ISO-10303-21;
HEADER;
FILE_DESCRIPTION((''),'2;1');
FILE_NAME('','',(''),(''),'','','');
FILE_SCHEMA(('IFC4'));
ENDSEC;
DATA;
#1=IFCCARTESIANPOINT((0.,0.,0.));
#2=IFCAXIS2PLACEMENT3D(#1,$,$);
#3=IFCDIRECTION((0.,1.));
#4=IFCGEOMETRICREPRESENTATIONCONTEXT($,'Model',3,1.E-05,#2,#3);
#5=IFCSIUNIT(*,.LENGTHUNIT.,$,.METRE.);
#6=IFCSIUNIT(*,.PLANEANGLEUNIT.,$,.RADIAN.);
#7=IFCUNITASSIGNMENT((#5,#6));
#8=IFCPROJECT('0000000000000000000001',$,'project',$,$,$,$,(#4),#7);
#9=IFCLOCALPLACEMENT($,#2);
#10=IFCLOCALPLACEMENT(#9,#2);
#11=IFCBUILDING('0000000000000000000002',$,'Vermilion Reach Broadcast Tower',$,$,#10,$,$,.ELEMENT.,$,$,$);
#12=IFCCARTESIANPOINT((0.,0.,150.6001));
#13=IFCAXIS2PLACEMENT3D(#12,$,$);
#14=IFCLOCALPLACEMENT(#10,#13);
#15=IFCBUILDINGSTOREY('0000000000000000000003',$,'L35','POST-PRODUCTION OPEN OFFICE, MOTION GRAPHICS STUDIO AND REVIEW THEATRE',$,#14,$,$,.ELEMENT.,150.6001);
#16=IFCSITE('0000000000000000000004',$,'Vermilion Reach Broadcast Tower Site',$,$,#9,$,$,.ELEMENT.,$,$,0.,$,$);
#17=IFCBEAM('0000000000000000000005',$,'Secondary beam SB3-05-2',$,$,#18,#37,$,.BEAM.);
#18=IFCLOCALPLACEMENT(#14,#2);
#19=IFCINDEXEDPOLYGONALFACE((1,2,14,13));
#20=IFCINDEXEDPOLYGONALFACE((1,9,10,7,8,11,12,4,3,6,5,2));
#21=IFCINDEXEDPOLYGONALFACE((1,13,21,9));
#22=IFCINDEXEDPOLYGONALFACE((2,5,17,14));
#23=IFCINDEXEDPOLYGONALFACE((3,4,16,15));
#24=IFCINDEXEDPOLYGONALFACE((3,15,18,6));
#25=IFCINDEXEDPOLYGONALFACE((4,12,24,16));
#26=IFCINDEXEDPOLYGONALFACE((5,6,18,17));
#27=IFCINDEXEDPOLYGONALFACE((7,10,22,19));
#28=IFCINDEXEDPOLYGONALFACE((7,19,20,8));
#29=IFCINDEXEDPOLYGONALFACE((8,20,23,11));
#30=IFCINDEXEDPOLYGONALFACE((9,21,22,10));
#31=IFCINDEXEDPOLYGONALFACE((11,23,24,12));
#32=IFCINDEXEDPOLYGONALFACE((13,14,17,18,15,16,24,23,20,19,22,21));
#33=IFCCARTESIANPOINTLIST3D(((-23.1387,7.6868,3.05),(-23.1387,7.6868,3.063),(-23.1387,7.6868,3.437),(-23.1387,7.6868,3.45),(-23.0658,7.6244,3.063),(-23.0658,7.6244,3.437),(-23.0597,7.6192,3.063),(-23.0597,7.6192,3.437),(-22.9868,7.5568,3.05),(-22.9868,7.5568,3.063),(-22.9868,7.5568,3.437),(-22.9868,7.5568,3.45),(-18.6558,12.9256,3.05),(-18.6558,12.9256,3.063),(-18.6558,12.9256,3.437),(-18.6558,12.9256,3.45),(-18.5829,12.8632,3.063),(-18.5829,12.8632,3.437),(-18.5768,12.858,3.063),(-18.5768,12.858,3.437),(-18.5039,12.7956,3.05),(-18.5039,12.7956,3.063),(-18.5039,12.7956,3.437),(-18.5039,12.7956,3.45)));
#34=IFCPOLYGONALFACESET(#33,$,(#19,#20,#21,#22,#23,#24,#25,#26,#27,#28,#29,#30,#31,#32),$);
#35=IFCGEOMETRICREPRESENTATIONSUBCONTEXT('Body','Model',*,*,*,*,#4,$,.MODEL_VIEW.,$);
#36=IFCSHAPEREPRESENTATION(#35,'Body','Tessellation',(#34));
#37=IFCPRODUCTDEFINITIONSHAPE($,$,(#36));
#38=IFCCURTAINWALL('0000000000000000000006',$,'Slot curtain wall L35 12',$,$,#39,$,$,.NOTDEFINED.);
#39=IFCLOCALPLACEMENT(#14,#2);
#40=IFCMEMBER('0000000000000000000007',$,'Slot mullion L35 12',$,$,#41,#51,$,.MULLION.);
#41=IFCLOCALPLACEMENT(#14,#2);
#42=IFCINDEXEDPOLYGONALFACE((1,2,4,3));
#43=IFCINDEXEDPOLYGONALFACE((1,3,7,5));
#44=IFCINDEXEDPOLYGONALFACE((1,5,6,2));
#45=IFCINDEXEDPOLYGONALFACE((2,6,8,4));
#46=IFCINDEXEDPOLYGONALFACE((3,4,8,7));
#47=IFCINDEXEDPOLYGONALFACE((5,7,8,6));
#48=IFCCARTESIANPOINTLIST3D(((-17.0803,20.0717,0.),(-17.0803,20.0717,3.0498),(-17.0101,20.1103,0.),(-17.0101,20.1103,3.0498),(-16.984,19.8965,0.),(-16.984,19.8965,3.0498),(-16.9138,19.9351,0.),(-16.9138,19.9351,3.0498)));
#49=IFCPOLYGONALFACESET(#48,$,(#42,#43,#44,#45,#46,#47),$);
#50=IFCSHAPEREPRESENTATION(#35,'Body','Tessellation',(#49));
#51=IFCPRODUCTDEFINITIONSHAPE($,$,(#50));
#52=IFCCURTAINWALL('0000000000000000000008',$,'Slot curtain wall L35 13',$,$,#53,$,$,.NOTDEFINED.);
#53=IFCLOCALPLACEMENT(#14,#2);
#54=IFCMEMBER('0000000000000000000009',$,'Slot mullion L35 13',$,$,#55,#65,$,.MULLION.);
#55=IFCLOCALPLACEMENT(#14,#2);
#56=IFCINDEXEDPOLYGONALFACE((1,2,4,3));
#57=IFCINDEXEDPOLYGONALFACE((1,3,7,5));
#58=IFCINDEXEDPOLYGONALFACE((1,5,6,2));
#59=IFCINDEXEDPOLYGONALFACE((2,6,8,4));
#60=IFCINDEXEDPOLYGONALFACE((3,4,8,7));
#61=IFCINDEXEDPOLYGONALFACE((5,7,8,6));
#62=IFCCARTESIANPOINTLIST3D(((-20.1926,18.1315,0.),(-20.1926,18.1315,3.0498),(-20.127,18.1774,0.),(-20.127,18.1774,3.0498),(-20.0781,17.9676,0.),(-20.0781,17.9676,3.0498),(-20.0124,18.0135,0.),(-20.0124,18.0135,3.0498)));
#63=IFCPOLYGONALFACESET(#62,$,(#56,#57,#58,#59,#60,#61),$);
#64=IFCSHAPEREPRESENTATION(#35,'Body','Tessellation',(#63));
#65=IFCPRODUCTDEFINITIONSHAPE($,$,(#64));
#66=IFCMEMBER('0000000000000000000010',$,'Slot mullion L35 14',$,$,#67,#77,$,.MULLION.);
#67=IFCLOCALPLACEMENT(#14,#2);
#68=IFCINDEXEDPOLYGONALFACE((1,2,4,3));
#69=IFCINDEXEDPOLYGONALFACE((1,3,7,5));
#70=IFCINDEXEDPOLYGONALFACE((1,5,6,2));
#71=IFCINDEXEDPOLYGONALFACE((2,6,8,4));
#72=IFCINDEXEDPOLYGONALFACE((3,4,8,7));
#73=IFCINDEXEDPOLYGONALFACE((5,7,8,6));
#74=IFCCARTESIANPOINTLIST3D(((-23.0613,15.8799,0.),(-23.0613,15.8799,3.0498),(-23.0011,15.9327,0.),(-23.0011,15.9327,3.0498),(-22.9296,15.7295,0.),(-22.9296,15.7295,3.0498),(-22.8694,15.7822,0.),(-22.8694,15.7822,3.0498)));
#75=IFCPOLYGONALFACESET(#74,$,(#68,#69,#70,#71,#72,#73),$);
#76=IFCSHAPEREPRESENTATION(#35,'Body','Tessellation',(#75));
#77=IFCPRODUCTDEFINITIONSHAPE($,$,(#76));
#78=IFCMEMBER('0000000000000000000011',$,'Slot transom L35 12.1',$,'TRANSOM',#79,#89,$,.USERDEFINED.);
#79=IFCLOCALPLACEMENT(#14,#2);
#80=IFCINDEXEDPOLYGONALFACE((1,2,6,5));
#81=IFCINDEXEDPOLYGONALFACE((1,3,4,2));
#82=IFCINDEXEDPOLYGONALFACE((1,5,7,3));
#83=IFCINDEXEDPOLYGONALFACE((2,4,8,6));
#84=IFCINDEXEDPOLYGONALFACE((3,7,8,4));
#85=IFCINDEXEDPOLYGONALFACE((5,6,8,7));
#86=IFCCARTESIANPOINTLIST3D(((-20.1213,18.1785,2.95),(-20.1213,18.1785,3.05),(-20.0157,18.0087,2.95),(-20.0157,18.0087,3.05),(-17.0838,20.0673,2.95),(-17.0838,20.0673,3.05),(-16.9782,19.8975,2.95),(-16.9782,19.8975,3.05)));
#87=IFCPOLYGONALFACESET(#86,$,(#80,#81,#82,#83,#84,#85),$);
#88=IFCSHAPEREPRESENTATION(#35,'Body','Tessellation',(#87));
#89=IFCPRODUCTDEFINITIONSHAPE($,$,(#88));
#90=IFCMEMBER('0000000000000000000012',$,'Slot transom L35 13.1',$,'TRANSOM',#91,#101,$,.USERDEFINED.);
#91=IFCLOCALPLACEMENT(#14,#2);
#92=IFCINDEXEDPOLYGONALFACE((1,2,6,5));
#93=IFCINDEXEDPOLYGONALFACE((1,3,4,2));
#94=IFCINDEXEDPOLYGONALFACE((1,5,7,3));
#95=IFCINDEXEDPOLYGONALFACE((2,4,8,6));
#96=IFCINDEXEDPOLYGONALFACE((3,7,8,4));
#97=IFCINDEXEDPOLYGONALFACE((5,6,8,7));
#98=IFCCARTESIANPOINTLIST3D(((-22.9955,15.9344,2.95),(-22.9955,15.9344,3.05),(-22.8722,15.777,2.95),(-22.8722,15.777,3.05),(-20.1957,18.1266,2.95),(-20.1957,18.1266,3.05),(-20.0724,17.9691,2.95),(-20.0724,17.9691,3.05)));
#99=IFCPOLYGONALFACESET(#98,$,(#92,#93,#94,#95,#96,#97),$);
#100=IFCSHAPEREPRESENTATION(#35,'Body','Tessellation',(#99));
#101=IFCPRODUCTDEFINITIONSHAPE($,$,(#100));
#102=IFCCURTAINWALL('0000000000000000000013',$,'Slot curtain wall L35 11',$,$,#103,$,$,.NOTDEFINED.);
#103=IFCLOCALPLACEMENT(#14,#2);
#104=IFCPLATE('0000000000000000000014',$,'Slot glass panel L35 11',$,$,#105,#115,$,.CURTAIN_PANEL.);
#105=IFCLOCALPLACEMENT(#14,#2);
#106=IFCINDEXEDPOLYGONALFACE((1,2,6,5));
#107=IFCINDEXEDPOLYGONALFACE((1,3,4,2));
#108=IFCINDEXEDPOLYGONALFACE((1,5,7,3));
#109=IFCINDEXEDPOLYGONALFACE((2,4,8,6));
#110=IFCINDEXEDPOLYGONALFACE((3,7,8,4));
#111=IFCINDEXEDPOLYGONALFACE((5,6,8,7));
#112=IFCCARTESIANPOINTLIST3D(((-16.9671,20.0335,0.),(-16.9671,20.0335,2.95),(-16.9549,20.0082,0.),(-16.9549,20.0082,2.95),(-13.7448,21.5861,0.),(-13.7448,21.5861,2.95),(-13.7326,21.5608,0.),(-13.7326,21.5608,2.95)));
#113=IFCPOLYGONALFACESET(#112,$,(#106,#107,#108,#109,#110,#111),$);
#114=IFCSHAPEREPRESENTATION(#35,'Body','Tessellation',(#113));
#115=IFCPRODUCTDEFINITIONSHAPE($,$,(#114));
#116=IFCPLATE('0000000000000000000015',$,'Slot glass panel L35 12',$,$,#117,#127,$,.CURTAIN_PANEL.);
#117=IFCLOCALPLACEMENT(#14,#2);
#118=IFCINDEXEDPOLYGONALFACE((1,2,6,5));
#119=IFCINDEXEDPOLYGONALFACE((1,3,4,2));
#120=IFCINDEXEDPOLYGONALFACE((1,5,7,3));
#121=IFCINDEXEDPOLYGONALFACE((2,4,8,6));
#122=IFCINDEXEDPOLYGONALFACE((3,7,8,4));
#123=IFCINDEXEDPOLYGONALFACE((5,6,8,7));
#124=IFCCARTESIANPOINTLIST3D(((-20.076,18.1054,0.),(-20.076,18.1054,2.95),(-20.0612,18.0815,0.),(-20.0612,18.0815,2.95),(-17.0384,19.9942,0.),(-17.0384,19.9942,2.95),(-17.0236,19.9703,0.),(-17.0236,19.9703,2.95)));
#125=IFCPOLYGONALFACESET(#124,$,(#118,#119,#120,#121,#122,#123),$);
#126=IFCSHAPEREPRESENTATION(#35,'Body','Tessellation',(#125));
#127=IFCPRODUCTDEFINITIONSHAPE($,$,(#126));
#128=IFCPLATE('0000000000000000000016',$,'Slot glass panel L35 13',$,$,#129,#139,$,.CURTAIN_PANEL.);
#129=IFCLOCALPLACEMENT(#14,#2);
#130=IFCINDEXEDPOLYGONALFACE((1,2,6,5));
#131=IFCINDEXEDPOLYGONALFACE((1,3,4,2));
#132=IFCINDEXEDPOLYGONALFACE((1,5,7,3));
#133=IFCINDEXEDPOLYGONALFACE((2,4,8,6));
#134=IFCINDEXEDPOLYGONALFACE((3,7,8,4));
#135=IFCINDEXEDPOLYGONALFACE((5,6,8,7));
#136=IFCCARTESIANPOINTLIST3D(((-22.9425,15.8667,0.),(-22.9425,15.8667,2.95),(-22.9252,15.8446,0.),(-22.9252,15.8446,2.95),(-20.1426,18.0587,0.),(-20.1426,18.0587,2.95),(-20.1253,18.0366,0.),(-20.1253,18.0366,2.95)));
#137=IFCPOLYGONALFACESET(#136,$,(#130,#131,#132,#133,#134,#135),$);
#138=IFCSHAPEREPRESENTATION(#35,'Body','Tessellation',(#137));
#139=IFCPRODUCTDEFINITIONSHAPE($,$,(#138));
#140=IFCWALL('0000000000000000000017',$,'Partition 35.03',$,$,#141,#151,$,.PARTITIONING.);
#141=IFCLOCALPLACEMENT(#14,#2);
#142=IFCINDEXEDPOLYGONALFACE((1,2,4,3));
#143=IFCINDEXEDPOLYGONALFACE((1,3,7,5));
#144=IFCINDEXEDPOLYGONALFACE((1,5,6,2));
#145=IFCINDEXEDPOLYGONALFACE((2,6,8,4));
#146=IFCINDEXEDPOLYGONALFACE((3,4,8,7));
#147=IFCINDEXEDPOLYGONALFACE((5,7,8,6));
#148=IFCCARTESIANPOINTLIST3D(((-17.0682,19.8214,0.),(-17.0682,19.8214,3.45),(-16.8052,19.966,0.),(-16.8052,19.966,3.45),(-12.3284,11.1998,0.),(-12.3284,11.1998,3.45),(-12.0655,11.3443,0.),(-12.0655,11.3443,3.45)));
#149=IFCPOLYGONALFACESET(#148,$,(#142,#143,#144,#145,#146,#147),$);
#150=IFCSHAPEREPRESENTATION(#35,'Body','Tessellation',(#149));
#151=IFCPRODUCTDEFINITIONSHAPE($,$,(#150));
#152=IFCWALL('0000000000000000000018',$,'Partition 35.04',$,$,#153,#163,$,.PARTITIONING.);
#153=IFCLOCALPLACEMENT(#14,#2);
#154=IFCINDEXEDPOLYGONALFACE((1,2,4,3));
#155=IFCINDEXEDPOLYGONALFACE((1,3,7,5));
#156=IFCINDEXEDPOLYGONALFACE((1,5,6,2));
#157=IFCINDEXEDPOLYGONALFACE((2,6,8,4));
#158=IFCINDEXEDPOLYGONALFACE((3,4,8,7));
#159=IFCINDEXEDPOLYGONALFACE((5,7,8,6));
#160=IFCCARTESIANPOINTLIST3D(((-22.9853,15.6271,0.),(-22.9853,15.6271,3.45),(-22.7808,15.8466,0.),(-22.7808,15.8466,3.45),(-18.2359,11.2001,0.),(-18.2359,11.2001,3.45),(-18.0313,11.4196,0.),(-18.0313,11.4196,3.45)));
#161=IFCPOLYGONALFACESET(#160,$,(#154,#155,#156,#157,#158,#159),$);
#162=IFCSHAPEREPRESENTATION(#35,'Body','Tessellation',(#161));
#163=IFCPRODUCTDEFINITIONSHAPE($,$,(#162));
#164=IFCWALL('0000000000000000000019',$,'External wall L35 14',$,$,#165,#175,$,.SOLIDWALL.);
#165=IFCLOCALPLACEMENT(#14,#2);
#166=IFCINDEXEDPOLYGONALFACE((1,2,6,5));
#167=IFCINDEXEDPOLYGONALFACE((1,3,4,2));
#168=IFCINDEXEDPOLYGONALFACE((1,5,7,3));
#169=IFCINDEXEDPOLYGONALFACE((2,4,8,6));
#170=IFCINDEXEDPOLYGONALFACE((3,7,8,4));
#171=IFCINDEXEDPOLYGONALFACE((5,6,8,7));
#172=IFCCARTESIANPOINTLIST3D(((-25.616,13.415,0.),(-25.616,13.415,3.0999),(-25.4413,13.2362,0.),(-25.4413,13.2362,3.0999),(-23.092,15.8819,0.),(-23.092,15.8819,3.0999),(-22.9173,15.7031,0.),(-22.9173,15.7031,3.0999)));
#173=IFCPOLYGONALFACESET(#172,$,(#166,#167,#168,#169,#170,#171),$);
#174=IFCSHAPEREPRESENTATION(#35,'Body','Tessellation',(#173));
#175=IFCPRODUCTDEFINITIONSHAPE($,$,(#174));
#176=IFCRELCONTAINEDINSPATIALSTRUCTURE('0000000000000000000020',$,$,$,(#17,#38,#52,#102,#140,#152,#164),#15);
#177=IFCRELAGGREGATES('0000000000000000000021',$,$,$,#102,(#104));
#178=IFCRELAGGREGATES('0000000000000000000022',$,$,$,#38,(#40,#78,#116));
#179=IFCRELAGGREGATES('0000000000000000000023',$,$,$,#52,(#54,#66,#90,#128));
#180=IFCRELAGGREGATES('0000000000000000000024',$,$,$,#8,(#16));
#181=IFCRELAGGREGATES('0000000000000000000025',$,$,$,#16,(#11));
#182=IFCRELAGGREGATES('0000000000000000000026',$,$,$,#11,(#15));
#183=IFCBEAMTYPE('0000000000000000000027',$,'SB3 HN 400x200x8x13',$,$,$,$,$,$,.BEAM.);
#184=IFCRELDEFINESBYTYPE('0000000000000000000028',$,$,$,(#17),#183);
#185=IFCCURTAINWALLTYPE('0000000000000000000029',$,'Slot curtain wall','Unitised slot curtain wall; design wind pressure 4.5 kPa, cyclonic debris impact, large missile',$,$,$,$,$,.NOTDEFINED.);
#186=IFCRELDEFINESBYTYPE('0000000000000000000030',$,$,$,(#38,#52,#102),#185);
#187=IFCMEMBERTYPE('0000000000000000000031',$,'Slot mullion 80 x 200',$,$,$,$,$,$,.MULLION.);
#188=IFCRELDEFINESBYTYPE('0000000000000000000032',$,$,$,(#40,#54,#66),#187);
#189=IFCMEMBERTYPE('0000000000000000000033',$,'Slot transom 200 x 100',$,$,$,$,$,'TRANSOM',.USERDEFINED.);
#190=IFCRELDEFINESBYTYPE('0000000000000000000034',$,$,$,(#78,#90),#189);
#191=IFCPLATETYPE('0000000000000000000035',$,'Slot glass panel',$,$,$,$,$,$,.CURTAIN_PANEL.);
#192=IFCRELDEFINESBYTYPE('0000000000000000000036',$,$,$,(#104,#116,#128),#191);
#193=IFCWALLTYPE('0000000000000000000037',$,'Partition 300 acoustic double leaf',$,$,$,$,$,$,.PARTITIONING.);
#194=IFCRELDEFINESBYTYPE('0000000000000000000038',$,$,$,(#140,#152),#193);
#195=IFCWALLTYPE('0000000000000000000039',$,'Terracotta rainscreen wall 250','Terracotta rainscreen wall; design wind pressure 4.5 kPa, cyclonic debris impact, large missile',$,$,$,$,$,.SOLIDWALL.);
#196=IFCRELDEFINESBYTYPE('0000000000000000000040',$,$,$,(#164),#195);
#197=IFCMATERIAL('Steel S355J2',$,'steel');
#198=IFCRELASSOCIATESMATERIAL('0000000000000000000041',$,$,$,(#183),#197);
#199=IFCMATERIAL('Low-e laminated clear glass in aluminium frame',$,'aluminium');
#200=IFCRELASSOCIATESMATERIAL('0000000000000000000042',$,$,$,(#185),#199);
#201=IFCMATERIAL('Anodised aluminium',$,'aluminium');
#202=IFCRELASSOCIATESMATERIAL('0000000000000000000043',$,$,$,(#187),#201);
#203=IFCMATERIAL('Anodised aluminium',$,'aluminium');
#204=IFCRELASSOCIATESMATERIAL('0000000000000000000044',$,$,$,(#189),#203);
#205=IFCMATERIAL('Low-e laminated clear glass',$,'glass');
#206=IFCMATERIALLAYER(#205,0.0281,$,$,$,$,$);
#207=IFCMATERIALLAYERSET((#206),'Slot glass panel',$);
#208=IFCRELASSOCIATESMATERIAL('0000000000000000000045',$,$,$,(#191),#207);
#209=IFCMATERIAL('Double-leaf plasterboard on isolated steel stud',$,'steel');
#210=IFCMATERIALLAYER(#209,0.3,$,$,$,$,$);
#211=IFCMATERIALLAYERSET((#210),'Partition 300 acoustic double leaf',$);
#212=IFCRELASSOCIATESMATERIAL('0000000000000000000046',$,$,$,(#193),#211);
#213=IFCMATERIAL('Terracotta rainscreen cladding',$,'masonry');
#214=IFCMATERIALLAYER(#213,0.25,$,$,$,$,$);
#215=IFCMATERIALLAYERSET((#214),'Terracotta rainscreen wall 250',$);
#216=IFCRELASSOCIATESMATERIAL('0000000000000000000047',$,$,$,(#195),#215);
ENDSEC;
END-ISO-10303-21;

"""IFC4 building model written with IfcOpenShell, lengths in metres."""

from ifc_helpers import new_model, si_unit, direction, frame, frame_2d, origin, origin_2d, place, context, subcontext, project, spatial, rectangle, i_section, extrude, material, layer, layer_set, material_profile, profile_set, type_object, element, aggregate, save


model = new_model("IFC4")

# Units and contexts
model_context = context("Model", 3, precision=1e-05, world=origin(), true_north=direction((0.0, 1.0)))
body_context = subcontext(model_context, "Body", "Model", "MODEL_VIEW")
ifc_project = project(units=[si_unit("LENGTHUNIT", "METRE"), si_unit("PLANEANGLEUNIT", "RADIAN")], contexts=[model_context])

# Site, building, storey
site_placement = place(None, origin())
site = spatial("IfcSite", under=ifc_project, at=site_placement, Name="Vermilion Reach Broadcast Tower Site", CompositionType="ELEMENT", RefElevation=0.0)
building_placement = place(site_placement, origin())
building = spatial("IfcBuilding", under=site, at=building_placement, Name="Vermilion Reach Broadcast Tower", CompositionType="ELEMENT")
storey_placement = place(building_placement, frame((0.0, 0.0, 150.6001)))
storey = spatial("IfcBuildingStorey", under=building, at=storey_placement, Name="L35", Description="POST-PRODUCTION OPEN OFFICE, MOTION GRAPHICS STUDIO AND REVIEW THEATRE", CompositionType="ELEMENT", Elevation=150.6001)

# Beam
ifc_material_1 = material(Name="Steel S355J2", Category="steel")
ifc_material_profile_1 = material_profile(ifc_material_1, i_section(OverallWidth=0.2, OverallDepth=0.3999, WebThickness=0.0081, FlangeThickness=0.0129, at=origin_2d()), Name="S355J2 HN 400x200x8x13")
ifc_profile_set_1 = profile_set([ifc_material_profile_1], Name="Steel S355J2")
beam_type_1 = type_object("IfcBeamType", Name="SB3 HN 400x200x8x13", PredefinedType="BEAM", material=ifc_profile_set_1)
beam_1_placement = place(storey_placement, frame((-18.5798, 12.8606, 3.25), z_axis=(-0.650167, -0.759791, 0.0), x_axis=(0.759791, -0.650167, 0.0)))
element("IfcBeam", 1, at=beam_1_placement, inside=storey, type_object=beam_type_1, Name="Secondary beam SB3-05-2", PredefinedType="BEAM", context=body_context, shape_type="SweptSolid", body=[
    extrude(i_section(OverallWidth=0.2, OverallDepth=0.3999, WebThickness=0.0081, FlangeThickness=0.0129, at=origin_2d()), origin(), (0.0, 0.0, 1.0), 6.895),
])

# Curtain wall, member
ifc_material_2 = material(Name="Low-e laminated clear glass in aluminium frame", Category="aluminium")
curtain_wall_type = type_object("IfcCurtainWallType", Name="Slot curtain wall", Description="Unitised slot curtain wall; design wind pressure 4.5 kPa, cyclonic debris impact, large missile", PredefinedType="NOTDEFINED", material=ifc_material_2)
placement = place(storey_placement, origin())
curtain_wall_1 = element("IfcCurtainWall", 2, at=placement, inside=storey, type_object=curtain_wall_type, Name="Slot curtain wall L35 12", PredefinedType="NOTDEFINED")
ifc_material_3 = material(Name="Anodised aluminium", Category="aluminium")
ifc_material_profile_2 = material_profile(ifc_material_3, rectangle(XDim=0.2, YDim=0.0801, at=origin_2d()), Name="Slot mullion 80 x 200")
ifc_profile_set_2 = profile_set([ifc_material_profile_2], Name="Anodised aluminium")
member_type_1 = type_object("IfcMemberType", Name="Slot mullion 80 x 200", PredefinedType="MULLION", material=ifc_profile_set_2)
member_1_placement = place(storey_placement, frame((-16.9971, 20.0034, 0.0), z_axis=(0.0, 0.0, 1.0), x_axis=(0.481754, -0.876307, 0.0)))
member_1 = element("IfcMember", 3, at=member_1_placement, type_object=member_type_1, Name="Slot mullion L35 12", PredefinedType="MULLION", context=body_context, shape_type="SweptSolid", body=[
    extrude(rectangle(XDim=0.2, YDim=0.0801, at=origin_2d()), origin(), (0.0, 0.0, 1.0), 3.0498),
])

# Curtain wall, members
curtain_wall_2 = element("IfcCurtainWall", 4, at=placement, inside=storey, type_object=curtain_wall_type, Name="Slot curtain wall L35 13", PredefinedType="NOTDEFINED")
member_2_placement = place(storey_placement, frame((-20.1025, 18.0725, 0.0), z_axis=(0.0, 0.0, 1.0), x_axis=(0.573089, -0.819493, 0.0)))
member_2 = element("IfcMember", 5, at=member_2_placement, type_object=member_type_1, Name="Slot mullion L35 13", PredefinedType="MULLION", context=body_context, shape_type="SweptSolid", body=[
    extrude(rectangle(XDim=0.2, YDim=0.0801, at=origin_2d()), origin(), (0.0, 0.0, 1.0), 3.0498),
])
member_3_placement = place(storey_placement, frame((-22.9653, 15.8311, 0.0), z_axis=(0.0, 0.0, 1.0), x_axis=(0.658703, -0.752403, 0.0)))
member_3 = element("IfcMember", 6, at=member_3_placement, type_object=member_type_1, Name="Slot mullion L35 14", PredefinedType="MULLION", context=body_context, shape_type="SweptSolid", body=[
    extrude(rectangle(XDim=0.2, YDim=0.0801, at=origin_2d()), origin(), (0.0, 0.0, 1.0), 3.0498),
])

# Members
ifc_material_4 = material(Name="Anodised aluminium", Category="aluminium")
ifc_material_profile_3 = material_profile(ifc_material_4, rectangle(XDim=0.2, YDim=0.1001, at=origin_2d()), Name="Slot transom 200 x 100")
ifc_profile_set_3 = profile_set([ifc_material_profile_3], Name="Anodised aluminium")
member_type_2 = type_object("IfcMemberType", Name="Slot transom 200 x 100", ElementType="TRANSOM", PredefinedType="USERDEFINED", material=ifc_profile_set_3)
member_4_placement = place(storey_placement, frame((-17.031, 19.9824, 3.0), z_axis=(-0.8492, -0.528071, 0.0), x_axis=(0.528071, -0.8492, 0.0)))
member_4 = element("IfcMember", 7, at=member_4_placement, type_object=member_type_2, Name="Slot transom L35 12.1", ObjectType="TRANSOM", PredefinedType="USERDEFINED", context=body_context, shape_type="SweptSolid", body=[
    extrude(rectangle(XDim=0.2, YDim=0.1001, at=origin_2d()), origin(), (0.0, 0.0, 1.0), 3.5769),
])
member_5_placement = place(storey_placement, frame((-20.134, 18.0479, 3.0), z_axis=(-0.78737, -0.61648, 0.0), x_axis=(0.61648, -0.78737, 0.0)))
member_5 = element("IfcMember", 8, at=member_5_placement, type_object=member_type_2, Name="Slot transom L35 13.1", ObjectType="TRANSOM", PredefinedType="USERDEFINED", context=body_context, shape_type="SweptSolid", body=[
    extrude(rectangle(XDim=0.2, YDim=0.1001, at=origin_2d()), origin(), (0.0, 0.0, 1.0), 3.5559),
])

# Curtain wall, plate
curtain_wall_3 = element("IfcCurtainWall", 9, at=placement, inside=storey, type_object=curtain_wall_type, Name="Slot curtain wall L35 11", PredefinedType="NOTDEFINED")
ifc_material_5 = material(Name="Low-e laminated clear glass", Category="glass")
ifc_layer_1 = layer(ifc_material_5, 0.0281)
ifc_layer_set_1 = layer_set([ifc_layer_1], Name="Slot glass panel")
plate_type = type_object("IfcPlateType", Name="Slot glass panel", PredefinedType="CURTAIN_PANEL", material=ifc_layer_set_1)
plate_1_placement = place(storey_placement, frame((-15.3499, 20.7971, 0.0), z_axis=(0.0, 0.0, 1.0), x_axis=(-0.900882, -0.434063, 0.0)))
plate_1 = element("IfcPlate", 10, at=plate_1_placement, type_object=plate_type, Name="Slot glass panel L35 11", PredefinedType="CURTAIN_PANEL", context=body_context, shape_type="SweptSolid", body=[
    extrude(rectangle(XDim=3.5769, YDim=0.0281, at=origin_2d()), origin(), (0.0, 0.0, 1.0), 2.95),
])
aggregate(curtain_wall_3, [plate_1])

# Plates
plate_2_placement = place(storey_placement, frame((-18.5498, 19.0378, 0.0), z_axis=(0.0, 0.0, 1.0), x_axis=(-0.849208, -0.528058, 0.0)))
plate_2 = element("IfcPlate", 11, at=plate_2_placement, type_object=plate_type, Name="Slot glass panel L35 12", PredefinedType="CURTAIN_PANEL", context=body_context, shape_type="SweptSolid", body=[
    extrude(rectangle(XDim=3.5769, YDim=0.0281, at=origin_2d()), origin(), (0.0, 0.0, 1.0), 2.95),
])
aggregate(curtain_wall_1, [member_1, member_4, plate_2])
plate_3_placement = place(storey_placement, frame((-21.5339, 16.9517, 0.0), z_axis=(0.0, 0.0, 1.0), x_axis=(-0.787392, -0.616453, 0.0)))
plate_3 = element("IfcPlate", 12, at=plate_3_placement, type_object=plate_type, Name="Slot glass panel L35 13", PredefinedType="CURTAIN_PANEL", context=body_context, shape_type="SweptSolid", body=[
    extrude(rectangle(XDim=3.5559, YDim=0.0281, at=origin_2d()), origin(), (0.0, 0.0, 1.0), 2.95),
])
aggregate(curtain_wall_2, [member_2, member_3, member_5, plate_3])

# Walls
ifc_material_6 = material(Name="Double-leaf plasterboard on isolated steel stud", Category="steel")
ifc_layer_2 = layer(ifc_material_6, 0.3)
ifc_layer_set_2 = layer_set([ifc_layer_2], Name="Partition 300 acoustic double leaf")
wall_type_1 = type_object("IfcWallType", Name="Partition 300 acoustic double leaf", PredefinedType="PARTITIONING", material=ifc_layer_set_2)
wall_1_placement = place(storey_placement, frame((-16.9368, 19.8938, 0.0), z_axis=(0.0, 0.0, 1.0), x_axis=(0.481753, -0.876307, 0.0)))
element("IfcWall", 13, at=wall_1_placement, inside=storey, type_object=wall_type_1, Name="Partition 35.03", PredefinedType="PARTITIONING", context=body_context, shape_type="SweptSolid", body=[
    extrude(rectangle(XDim=9.8386, YDim=0.3, at=frame_2d((4.9194, 0.0))), origin(), (0.0, 0.0, 1.0), 3.45),
])
wall_2_placement = place(storey_placement, frame((-22.8831, 15.7368, 0.0), z_axis=(0.0, 0.0, 1.0), x_axis=(0.731507, -0.681834, 0.0)))
element("IfcWall", 14, at=wall_2_placement, inside=storey, type_object=wall_type_1, Name="Partition 35.04", PredefinedType="PARTITIONING", context=body_context, shape_type="SweptSolid", body=[
    extrude(rectangle(XDim=6.4927, YDim=0.3, at=frame_2d((3.2463, 0.0))), origin(), (0.0, 0.0, 1.0), 3.45),
])
ifc_material_7 = material(Name="Terracotta rainscreen cladding", Category="masonry")
ifc_layer_3 = layer(ifc_material_7, 0.25)
ifc_layer_set_3 = layer_set([ifc_layer_3], Name="Terracotta rainscreen wall 250")
wall_type_2 = type_object("IfcWallType", Name="Terracotta rainscreen wall 250", Description="Terracotta rainscreen wall; design wind pressure 4.5 kPa, cyclonic debris impact, large missile", PredefinedType="SOLIDWALL", material=ifc_layer_set_3)
wall_3_placement = place(storey_placement, frame((-23.0046, 15.7925, 0.0), z_axis=(0.0, 0.0, 1.0), x_axis=(-0.715154, -0.698967, 0.0)))
element("IfcWall", 15, at=wall_3_placement, inside=storey, type_object=wall_type_2, Name="External wall L35 14", PredefinedType="SOLIDWALL", context=body_context, shape_type="SweptSolid", body=[
    extrude(rectangle(XDim=3.5293, YDim=0.25, at=frame_2d((1.7646, 0.0))), origin(), (0.0, 0.0, 1.0), 3.0999),
])

save(model, "model.ifc")
